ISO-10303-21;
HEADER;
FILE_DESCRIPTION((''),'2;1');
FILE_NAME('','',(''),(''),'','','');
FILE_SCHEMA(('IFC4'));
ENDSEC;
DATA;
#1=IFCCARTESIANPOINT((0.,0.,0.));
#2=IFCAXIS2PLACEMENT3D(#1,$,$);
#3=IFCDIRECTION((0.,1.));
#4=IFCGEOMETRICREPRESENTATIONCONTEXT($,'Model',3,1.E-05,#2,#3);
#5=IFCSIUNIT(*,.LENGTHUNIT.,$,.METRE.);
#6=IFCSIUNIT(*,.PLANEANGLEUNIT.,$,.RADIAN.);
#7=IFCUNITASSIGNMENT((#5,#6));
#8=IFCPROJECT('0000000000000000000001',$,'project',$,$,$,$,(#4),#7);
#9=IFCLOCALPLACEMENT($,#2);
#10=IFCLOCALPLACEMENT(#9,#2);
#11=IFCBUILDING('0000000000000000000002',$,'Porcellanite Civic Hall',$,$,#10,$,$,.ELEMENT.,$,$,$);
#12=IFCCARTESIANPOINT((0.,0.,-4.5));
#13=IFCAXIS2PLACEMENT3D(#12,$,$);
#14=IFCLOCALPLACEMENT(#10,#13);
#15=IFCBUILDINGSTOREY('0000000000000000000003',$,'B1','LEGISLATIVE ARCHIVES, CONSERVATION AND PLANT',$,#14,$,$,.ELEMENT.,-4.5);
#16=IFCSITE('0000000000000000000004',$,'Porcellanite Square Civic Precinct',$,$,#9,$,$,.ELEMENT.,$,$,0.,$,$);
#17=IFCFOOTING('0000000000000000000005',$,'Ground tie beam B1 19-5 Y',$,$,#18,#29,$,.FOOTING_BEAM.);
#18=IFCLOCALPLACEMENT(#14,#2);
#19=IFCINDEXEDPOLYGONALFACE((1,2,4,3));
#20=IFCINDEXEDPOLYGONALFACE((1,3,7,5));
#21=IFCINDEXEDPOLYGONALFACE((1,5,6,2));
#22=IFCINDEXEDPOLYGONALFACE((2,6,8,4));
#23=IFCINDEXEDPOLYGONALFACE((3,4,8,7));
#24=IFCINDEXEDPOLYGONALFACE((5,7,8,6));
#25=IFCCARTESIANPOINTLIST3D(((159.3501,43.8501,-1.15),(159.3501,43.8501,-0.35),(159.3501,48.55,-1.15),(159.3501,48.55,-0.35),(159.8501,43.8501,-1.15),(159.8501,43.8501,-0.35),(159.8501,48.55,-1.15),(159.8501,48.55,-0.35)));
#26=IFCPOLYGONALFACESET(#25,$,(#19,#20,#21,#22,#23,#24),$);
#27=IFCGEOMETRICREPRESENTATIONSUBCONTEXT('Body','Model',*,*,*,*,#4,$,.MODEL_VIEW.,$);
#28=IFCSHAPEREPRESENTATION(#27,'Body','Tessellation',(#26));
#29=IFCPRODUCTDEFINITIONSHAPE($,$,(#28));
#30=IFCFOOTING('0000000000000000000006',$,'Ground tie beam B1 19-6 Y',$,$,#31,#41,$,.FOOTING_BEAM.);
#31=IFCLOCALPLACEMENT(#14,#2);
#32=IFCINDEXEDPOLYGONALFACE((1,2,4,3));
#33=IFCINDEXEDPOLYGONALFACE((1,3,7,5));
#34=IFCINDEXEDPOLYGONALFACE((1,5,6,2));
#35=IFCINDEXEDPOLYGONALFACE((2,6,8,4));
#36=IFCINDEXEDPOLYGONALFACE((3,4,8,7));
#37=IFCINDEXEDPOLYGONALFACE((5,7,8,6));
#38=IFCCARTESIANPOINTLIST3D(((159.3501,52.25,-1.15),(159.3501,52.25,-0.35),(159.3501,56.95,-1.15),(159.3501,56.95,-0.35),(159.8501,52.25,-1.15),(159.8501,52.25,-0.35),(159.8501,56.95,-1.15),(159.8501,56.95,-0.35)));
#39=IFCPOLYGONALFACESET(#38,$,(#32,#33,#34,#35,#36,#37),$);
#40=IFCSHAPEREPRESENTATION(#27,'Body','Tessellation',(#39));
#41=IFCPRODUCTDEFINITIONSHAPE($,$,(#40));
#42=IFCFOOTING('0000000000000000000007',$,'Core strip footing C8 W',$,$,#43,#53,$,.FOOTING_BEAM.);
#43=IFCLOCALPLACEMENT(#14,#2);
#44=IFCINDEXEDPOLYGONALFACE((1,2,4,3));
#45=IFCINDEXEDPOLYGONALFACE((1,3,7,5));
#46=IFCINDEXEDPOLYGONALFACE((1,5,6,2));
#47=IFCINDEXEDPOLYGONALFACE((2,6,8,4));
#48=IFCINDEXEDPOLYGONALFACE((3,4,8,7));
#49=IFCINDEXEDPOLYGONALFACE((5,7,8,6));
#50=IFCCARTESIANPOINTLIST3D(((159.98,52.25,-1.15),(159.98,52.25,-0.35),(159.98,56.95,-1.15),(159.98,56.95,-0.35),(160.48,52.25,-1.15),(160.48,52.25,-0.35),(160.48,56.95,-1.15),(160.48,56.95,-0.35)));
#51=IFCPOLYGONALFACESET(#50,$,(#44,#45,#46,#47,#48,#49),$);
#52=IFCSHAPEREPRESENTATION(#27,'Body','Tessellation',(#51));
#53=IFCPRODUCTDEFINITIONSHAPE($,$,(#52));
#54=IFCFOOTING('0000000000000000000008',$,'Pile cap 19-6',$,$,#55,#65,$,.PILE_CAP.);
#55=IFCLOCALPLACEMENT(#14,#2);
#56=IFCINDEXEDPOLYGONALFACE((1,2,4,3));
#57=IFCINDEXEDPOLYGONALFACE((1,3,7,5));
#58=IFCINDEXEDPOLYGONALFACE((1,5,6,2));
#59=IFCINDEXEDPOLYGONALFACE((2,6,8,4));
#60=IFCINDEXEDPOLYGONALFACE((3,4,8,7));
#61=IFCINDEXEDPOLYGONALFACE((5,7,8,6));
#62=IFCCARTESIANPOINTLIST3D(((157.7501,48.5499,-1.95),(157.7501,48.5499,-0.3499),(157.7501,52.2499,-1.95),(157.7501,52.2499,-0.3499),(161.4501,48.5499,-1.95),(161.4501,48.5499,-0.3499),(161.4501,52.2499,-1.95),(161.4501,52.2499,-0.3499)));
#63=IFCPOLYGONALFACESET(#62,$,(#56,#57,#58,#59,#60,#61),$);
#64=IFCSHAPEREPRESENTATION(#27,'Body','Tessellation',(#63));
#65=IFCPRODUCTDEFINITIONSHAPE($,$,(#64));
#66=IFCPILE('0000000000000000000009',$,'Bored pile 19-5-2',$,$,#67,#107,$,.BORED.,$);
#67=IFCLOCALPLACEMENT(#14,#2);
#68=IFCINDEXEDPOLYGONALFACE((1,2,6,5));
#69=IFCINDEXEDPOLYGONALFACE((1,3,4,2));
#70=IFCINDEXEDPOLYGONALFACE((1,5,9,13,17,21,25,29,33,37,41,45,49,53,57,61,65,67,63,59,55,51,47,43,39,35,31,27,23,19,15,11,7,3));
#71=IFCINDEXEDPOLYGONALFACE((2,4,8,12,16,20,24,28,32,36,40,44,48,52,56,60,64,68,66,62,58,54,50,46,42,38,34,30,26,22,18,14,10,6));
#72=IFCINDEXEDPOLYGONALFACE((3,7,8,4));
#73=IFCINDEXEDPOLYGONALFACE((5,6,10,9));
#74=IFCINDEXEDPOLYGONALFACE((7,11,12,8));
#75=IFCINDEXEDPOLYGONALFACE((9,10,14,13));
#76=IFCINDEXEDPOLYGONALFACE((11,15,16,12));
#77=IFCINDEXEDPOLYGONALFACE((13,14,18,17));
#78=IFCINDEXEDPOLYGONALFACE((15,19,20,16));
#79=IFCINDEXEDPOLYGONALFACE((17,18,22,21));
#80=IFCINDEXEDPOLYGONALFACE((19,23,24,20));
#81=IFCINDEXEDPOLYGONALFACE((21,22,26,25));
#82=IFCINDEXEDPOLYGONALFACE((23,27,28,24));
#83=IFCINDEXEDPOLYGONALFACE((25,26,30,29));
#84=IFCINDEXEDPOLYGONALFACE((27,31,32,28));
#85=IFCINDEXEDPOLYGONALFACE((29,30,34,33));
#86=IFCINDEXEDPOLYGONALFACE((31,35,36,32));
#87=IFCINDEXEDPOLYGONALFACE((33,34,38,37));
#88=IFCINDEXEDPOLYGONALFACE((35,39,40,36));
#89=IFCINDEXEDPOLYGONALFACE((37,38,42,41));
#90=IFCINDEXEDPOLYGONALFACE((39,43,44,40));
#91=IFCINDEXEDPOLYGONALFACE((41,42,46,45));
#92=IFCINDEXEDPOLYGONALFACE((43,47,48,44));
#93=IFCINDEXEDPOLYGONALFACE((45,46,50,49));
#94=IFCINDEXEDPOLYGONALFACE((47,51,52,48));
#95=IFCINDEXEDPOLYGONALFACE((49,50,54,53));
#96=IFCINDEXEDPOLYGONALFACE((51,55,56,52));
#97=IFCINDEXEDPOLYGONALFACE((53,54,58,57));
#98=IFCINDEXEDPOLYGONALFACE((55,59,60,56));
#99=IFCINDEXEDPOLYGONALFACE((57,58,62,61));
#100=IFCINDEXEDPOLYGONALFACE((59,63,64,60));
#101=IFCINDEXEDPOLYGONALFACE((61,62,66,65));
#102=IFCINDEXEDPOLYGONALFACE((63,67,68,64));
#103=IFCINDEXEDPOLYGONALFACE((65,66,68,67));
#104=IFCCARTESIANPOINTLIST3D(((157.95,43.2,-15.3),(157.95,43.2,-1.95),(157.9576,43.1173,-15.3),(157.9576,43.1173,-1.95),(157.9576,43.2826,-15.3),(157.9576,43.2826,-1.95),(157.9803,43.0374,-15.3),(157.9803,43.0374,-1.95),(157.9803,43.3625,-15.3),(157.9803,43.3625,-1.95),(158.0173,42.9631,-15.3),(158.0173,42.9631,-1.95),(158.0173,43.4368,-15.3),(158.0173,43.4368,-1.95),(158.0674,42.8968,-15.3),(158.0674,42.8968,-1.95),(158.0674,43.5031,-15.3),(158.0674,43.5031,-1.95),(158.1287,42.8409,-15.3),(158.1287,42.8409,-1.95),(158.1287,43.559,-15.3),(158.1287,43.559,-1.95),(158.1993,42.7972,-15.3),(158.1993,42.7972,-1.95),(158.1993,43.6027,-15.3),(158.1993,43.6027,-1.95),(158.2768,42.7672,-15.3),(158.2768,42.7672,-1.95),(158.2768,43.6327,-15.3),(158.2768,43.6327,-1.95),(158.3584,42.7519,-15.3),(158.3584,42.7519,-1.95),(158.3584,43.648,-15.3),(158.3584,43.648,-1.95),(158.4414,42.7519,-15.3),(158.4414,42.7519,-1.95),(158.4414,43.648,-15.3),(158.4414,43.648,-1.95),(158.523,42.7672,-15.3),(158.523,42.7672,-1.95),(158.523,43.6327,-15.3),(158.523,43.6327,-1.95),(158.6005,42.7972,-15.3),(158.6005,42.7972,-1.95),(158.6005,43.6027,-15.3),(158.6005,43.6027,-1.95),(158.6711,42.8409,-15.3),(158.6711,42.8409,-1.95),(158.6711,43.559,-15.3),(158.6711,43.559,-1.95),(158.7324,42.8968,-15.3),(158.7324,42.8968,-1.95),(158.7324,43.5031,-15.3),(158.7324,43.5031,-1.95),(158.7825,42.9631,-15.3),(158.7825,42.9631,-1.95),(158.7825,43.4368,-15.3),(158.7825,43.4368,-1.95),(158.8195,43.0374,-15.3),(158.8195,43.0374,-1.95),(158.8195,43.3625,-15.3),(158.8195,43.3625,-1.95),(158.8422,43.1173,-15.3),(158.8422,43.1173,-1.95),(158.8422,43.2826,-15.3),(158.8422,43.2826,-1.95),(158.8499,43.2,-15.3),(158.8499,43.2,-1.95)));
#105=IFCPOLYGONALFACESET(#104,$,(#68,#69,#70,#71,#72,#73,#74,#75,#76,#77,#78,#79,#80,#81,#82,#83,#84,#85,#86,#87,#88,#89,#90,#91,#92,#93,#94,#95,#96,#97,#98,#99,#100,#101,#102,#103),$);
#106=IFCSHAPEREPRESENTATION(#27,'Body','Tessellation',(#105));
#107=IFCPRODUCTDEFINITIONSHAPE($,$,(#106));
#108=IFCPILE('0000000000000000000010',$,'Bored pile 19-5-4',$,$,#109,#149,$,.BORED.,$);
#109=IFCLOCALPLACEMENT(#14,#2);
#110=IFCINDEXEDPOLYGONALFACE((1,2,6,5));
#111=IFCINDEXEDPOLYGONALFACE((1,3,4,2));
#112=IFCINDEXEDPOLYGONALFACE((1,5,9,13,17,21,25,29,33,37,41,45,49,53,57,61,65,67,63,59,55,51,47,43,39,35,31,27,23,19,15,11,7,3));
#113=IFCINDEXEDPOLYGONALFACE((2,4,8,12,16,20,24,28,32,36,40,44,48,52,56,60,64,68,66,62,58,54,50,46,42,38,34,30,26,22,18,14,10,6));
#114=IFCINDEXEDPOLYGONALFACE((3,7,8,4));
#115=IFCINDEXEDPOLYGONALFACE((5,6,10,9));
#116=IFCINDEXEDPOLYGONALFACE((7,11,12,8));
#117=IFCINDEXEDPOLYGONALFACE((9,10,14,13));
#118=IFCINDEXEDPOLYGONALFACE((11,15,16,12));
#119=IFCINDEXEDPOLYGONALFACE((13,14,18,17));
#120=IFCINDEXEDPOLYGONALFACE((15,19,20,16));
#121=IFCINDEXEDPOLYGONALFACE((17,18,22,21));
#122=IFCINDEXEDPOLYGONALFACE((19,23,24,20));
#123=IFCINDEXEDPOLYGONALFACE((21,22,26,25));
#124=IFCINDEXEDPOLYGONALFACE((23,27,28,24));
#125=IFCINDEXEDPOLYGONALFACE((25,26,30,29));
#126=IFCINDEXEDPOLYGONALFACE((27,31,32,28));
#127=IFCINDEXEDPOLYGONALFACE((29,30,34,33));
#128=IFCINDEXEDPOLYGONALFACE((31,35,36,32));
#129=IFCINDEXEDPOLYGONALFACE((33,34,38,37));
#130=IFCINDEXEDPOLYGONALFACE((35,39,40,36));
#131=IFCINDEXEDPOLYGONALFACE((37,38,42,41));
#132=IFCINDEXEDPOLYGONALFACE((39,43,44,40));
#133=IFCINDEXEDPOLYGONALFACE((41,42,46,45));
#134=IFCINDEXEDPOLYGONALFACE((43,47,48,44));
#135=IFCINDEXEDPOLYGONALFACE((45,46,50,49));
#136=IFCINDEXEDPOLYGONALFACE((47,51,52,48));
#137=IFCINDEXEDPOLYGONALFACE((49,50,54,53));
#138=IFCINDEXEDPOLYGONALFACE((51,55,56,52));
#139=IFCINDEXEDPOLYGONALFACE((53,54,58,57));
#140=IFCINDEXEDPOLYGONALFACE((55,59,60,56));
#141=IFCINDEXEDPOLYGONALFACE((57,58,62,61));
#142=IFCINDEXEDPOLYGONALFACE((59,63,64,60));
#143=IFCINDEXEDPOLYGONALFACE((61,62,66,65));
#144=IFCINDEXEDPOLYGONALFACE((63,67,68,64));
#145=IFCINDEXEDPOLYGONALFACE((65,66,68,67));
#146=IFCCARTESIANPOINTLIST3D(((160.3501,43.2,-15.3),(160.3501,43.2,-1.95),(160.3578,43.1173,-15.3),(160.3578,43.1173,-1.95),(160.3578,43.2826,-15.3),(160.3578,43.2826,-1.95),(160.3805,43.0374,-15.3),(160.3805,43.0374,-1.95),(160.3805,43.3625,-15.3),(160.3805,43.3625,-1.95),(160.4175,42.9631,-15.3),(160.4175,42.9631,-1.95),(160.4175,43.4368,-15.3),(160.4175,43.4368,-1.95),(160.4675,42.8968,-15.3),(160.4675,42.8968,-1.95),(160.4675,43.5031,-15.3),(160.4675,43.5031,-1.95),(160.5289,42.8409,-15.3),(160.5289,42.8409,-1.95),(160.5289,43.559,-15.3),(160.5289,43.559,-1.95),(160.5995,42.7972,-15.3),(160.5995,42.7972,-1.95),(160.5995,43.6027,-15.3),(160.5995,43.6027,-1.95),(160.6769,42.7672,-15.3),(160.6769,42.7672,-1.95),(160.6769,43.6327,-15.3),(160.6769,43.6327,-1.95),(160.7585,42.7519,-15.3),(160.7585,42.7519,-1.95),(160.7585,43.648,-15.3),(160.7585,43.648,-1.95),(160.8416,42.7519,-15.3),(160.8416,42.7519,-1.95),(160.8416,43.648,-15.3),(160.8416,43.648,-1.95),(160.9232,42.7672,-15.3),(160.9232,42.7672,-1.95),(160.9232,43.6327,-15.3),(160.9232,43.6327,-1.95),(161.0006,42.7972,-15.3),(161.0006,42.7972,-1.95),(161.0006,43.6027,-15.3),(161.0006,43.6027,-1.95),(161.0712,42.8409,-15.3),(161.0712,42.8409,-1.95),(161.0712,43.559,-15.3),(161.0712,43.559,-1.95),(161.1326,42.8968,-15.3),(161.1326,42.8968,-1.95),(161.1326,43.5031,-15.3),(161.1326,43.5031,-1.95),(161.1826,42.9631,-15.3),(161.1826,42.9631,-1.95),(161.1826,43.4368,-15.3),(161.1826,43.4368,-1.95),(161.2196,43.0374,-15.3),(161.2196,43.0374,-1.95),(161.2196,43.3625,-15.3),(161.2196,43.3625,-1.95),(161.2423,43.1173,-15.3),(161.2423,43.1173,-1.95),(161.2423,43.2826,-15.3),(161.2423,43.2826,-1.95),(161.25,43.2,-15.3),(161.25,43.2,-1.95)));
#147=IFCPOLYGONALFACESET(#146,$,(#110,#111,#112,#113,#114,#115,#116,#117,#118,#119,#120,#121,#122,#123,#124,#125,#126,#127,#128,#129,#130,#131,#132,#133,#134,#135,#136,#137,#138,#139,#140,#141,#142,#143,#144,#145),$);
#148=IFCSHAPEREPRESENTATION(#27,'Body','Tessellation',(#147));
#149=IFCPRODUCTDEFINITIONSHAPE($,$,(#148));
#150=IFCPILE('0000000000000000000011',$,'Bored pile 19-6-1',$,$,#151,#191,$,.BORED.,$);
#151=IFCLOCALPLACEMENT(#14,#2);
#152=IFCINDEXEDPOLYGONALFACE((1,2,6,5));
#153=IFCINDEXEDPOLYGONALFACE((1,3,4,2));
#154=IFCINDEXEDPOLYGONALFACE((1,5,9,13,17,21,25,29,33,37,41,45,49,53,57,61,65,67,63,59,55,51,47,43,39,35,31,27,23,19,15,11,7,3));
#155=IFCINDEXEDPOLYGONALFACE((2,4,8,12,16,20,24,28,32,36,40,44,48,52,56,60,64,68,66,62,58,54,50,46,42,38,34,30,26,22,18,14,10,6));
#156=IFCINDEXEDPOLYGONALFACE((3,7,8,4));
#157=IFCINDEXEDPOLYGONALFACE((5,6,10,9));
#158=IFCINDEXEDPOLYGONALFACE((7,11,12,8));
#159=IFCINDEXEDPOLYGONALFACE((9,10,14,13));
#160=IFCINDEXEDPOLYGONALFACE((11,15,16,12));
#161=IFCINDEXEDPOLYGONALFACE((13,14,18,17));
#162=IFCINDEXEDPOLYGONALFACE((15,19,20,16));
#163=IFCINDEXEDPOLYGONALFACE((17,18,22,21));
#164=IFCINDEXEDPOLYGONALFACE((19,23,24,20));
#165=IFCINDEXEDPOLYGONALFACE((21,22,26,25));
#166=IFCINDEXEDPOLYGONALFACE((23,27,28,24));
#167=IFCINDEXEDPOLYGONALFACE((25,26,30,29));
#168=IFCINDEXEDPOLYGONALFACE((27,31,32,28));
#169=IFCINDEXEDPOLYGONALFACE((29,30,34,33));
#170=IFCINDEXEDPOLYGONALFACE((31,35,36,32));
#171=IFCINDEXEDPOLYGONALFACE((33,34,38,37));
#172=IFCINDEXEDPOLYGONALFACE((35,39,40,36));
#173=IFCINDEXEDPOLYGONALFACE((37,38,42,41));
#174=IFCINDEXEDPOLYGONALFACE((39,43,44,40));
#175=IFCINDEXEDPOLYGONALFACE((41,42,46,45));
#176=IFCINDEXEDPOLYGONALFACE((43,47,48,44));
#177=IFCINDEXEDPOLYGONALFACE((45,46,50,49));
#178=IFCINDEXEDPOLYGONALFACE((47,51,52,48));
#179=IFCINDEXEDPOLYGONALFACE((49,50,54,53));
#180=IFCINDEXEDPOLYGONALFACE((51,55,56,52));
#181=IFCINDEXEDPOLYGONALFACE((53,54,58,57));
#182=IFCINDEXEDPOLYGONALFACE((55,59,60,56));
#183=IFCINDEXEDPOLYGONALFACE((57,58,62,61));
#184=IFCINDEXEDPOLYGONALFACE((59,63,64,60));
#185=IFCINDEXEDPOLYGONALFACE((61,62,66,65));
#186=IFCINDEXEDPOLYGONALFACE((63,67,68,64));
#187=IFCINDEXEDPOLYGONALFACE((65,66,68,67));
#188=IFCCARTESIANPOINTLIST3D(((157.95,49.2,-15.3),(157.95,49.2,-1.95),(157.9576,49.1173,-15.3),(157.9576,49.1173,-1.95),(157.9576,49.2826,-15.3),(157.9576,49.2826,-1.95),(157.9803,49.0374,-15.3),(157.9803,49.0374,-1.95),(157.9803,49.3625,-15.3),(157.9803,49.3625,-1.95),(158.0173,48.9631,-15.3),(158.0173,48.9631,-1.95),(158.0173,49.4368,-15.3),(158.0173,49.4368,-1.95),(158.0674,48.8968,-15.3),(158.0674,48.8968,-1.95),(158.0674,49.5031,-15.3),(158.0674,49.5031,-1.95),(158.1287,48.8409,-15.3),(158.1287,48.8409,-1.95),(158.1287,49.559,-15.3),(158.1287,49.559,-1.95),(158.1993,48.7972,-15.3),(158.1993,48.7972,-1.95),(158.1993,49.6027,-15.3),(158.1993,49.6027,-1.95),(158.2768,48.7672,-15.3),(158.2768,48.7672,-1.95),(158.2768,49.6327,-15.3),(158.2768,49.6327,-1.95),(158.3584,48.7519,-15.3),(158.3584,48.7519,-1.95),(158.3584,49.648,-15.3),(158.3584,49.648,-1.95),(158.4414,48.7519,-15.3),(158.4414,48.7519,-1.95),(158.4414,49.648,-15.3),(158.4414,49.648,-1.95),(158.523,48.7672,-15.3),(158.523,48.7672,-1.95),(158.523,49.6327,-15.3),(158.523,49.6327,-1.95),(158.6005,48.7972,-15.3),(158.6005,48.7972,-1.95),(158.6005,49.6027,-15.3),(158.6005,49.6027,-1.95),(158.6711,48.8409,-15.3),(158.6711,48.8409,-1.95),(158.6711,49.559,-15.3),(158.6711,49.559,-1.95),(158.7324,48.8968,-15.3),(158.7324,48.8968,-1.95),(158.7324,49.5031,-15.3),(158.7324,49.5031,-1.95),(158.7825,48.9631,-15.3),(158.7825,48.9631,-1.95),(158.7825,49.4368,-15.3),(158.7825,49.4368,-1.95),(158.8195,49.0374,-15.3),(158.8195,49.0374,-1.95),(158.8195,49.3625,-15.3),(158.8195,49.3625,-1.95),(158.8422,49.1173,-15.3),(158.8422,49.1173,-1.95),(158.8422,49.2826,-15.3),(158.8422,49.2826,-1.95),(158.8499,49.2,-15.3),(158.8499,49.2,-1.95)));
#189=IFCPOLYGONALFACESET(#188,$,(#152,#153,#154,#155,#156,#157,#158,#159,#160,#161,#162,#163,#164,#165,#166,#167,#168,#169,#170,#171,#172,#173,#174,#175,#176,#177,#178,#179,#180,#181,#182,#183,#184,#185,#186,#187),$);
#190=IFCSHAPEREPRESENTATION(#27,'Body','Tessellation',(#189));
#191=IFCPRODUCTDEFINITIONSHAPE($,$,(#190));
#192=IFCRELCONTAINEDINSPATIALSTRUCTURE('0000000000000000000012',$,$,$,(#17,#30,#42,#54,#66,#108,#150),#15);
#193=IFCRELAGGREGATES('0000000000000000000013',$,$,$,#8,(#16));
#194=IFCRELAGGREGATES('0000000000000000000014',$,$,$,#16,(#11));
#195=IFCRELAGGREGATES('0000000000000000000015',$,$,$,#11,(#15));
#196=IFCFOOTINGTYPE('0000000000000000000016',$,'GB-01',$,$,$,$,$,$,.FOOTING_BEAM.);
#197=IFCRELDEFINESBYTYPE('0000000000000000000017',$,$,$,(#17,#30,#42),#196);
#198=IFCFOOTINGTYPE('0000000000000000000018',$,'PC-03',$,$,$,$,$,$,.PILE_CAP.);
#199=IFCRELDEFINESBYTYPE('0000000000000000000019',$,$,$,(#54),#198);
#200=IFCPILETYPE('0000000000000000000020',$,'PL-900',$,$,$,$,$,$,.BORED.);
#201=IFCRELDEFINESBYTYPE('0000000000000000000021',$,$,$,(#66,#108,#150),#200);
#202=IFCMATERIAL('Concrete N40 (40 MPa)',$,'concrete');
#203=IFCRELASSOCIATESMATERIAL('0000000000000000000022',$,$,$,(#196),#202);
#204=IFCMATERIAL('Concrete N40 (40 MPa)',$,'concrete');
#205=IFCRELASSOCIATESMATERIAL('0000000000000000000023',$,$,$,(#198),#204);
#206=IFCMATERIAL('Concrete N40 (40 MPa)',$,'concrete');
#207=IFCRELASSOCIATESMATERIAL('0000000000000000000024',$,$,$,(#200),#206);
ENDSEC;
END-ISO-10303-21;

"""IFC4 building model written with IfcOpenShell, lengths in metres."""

from ifc_helpers import new_model, si_unit, direction, frame, origin, origin_2d, place, context, subcontext, project, spatial, rectangle, circle, extrude, material, material_profile, profile_set, type_object, element, save


model = new_model("IFC4")

# Units and contexts
model_context = context("Model", 3, precision=1e-05, world=origin(), true_north=direction((0.0, 1.0)))
body_context = subcontext(model_context, "Body", "Model", "MODEL_VIEW")
ifc_project = project(units=[si_unit("LENGTHUNIT", "METRE"), si_unit("PLANEANGLEUNIT", "RADIAN")], contexts=[model_context])

# Site, building, storey
site_placement = place(None, origin())
site = spatial("IfcSite", under=ifc_project, at=site_placement, Name="Porcellanite Square Civic Precinct", CompositionType="ELEMENT", RefElevation=0.0)
building_placement = place(site_placement, origin())
building = spatial("IfcBuilding", under=site, at=building_placement, Name="Porcellanite Civic Hall", CompositionType="ELEMENT")
storey_placement = place(building_placement, frame((0.0, 0.0, -4.5)))
storey = spatial("IfcBuildingStorey", under=building, at=storey_placement, Name="B1", Description="LEGISLATIVE ARCHIVES, CONSERVATION AND PLANT", CompositionType="ELEMENT", Elevation=-4.5)

# Footings
ifc_material_1 = material(Name="Concrete N40 (40 MPa)", Category="concrete")
ifc_material_profile_1 = material_profile(ifc_material_1, rectangle(XDim=0.5, YDim=0.8, at=origin_2d()), Name="RC-500x800")
ifc_profile_set_1 = profile_set([ifc_material_profile_1], Name="Concrete N40 (40 MPa)")
footing_type_1 = type_object("IfcFootingType", Name="GB-01", PredefinedType="FOOTING_BEAM", material=ifc_profile_set_1)
for number, where, z_axis, x_axis, name in (
    (1, (159.6001, 43.8501, -0.75), (0.0, 1.0, 0.0), (-1.0, 0.0, 0.0), "Ground tie beam B1 19-5 Y"),
    (2, (159.6001, 52.25, -0.75), (0.0, 1.0, 0.0), (-1.0, 0.0, 0.0), "Ground tie beam B1 19-6 Y"),
    (3, (160.23, 52.25, -0.75), (0.0, 1.0, 0.0), (-1.0, 0.0, 0.0), "Core strip footing C8 W"),
):
    element("IfcFooting", number, at=place(storey_placement, frame(where, z_axis=z_axis, x_axis=x_axis)), inside=storey, type_object=footing_type_1, Name=name, PredefinedType="FOOTING_BEAM", context=body_context, shape_type="SweptSolid", body=[
        extrude(rectangle(XDim=0.5, YDim=0.8, at=origin_2d()), origin(), (0.0, 0.0, 1.0), 4.7),
    ])
ifc_material_2 = material(Name="Concrete N40 (40 MPa)", Category="concrete")
footing_type_2 = type_object("IfcFootingType", Name="PC-03", PredefinedType="PILE_CAP", material=ifc_material_2)
footing_placement = place(storey_placement, frame((159.6001, 50.3999, -1.95), z_axis=(0.0, 0.0, 1.0), x_axis=(1.0, 0.0, 0.0)))
element("IfcFooting", 4, at=footing_placement, inside=storey, type_object=footing_type_2, Name="Pile cap 19-6", PredefinedType="PILE_CAP", context=body_context, shape_type="SweptSolid", body=[
    extrude(rectangle(XDim=3.7, YDim=3.7, at=origin_2d()), origin(), (0.0, 0.0, 1.0), 1.6001),
])

# Piles
ifc_material_3 = material(Name="Concrete N40 (40 MPa)", Category="concrete")
ifc_material_profile_2 = material_profile(ifc_material_3, circle(Radius=0.45, at=origin_2d()), Name="PILE-D900")
ifc_profile_set_2 = profile_set([ifc_material_profile_2], Name="Concrete N40 (40 MPa)")
pile_type = type_object("IfcPileType", Name="PL-900", PredefinedType="BORED", material=ifc_profile_set_2)
for number, where, z_axis, x_axis, name in (
    (5, (158.3999, 43.2, -1.95), (0.0, 0.0, -1.0), (1.0, 0.0, 0.0), "Bored pile 19-5-2"),
    (6, (160.8, 43.2, -1.95), (0.0, 0.0, -1.0), (1.0, 0.0, 0.0), "Bored pile 19-5-4"),
    (7, (158.3999, 49.2, -1.95), (0.0, 0.0, -1.0), (1.0, 0.0, 0.0), "Bored pile 19-6-1"),
):
    element("IfcPile", number, at=place(storey_placement, frame(where, z_axis=z_axis, x_axis=x_axis)), inside=storey, type_object=pile_type, Name=name, PredefinedType="BORED", context=body_context, shape_type="SweptSolid", body=[
        extrude(circle(Radius=0.45, at=origin_2d()), origin(), (0.0, 0.0, 1.0), 13.3501),
    ])

save(model, "model.ifc")
